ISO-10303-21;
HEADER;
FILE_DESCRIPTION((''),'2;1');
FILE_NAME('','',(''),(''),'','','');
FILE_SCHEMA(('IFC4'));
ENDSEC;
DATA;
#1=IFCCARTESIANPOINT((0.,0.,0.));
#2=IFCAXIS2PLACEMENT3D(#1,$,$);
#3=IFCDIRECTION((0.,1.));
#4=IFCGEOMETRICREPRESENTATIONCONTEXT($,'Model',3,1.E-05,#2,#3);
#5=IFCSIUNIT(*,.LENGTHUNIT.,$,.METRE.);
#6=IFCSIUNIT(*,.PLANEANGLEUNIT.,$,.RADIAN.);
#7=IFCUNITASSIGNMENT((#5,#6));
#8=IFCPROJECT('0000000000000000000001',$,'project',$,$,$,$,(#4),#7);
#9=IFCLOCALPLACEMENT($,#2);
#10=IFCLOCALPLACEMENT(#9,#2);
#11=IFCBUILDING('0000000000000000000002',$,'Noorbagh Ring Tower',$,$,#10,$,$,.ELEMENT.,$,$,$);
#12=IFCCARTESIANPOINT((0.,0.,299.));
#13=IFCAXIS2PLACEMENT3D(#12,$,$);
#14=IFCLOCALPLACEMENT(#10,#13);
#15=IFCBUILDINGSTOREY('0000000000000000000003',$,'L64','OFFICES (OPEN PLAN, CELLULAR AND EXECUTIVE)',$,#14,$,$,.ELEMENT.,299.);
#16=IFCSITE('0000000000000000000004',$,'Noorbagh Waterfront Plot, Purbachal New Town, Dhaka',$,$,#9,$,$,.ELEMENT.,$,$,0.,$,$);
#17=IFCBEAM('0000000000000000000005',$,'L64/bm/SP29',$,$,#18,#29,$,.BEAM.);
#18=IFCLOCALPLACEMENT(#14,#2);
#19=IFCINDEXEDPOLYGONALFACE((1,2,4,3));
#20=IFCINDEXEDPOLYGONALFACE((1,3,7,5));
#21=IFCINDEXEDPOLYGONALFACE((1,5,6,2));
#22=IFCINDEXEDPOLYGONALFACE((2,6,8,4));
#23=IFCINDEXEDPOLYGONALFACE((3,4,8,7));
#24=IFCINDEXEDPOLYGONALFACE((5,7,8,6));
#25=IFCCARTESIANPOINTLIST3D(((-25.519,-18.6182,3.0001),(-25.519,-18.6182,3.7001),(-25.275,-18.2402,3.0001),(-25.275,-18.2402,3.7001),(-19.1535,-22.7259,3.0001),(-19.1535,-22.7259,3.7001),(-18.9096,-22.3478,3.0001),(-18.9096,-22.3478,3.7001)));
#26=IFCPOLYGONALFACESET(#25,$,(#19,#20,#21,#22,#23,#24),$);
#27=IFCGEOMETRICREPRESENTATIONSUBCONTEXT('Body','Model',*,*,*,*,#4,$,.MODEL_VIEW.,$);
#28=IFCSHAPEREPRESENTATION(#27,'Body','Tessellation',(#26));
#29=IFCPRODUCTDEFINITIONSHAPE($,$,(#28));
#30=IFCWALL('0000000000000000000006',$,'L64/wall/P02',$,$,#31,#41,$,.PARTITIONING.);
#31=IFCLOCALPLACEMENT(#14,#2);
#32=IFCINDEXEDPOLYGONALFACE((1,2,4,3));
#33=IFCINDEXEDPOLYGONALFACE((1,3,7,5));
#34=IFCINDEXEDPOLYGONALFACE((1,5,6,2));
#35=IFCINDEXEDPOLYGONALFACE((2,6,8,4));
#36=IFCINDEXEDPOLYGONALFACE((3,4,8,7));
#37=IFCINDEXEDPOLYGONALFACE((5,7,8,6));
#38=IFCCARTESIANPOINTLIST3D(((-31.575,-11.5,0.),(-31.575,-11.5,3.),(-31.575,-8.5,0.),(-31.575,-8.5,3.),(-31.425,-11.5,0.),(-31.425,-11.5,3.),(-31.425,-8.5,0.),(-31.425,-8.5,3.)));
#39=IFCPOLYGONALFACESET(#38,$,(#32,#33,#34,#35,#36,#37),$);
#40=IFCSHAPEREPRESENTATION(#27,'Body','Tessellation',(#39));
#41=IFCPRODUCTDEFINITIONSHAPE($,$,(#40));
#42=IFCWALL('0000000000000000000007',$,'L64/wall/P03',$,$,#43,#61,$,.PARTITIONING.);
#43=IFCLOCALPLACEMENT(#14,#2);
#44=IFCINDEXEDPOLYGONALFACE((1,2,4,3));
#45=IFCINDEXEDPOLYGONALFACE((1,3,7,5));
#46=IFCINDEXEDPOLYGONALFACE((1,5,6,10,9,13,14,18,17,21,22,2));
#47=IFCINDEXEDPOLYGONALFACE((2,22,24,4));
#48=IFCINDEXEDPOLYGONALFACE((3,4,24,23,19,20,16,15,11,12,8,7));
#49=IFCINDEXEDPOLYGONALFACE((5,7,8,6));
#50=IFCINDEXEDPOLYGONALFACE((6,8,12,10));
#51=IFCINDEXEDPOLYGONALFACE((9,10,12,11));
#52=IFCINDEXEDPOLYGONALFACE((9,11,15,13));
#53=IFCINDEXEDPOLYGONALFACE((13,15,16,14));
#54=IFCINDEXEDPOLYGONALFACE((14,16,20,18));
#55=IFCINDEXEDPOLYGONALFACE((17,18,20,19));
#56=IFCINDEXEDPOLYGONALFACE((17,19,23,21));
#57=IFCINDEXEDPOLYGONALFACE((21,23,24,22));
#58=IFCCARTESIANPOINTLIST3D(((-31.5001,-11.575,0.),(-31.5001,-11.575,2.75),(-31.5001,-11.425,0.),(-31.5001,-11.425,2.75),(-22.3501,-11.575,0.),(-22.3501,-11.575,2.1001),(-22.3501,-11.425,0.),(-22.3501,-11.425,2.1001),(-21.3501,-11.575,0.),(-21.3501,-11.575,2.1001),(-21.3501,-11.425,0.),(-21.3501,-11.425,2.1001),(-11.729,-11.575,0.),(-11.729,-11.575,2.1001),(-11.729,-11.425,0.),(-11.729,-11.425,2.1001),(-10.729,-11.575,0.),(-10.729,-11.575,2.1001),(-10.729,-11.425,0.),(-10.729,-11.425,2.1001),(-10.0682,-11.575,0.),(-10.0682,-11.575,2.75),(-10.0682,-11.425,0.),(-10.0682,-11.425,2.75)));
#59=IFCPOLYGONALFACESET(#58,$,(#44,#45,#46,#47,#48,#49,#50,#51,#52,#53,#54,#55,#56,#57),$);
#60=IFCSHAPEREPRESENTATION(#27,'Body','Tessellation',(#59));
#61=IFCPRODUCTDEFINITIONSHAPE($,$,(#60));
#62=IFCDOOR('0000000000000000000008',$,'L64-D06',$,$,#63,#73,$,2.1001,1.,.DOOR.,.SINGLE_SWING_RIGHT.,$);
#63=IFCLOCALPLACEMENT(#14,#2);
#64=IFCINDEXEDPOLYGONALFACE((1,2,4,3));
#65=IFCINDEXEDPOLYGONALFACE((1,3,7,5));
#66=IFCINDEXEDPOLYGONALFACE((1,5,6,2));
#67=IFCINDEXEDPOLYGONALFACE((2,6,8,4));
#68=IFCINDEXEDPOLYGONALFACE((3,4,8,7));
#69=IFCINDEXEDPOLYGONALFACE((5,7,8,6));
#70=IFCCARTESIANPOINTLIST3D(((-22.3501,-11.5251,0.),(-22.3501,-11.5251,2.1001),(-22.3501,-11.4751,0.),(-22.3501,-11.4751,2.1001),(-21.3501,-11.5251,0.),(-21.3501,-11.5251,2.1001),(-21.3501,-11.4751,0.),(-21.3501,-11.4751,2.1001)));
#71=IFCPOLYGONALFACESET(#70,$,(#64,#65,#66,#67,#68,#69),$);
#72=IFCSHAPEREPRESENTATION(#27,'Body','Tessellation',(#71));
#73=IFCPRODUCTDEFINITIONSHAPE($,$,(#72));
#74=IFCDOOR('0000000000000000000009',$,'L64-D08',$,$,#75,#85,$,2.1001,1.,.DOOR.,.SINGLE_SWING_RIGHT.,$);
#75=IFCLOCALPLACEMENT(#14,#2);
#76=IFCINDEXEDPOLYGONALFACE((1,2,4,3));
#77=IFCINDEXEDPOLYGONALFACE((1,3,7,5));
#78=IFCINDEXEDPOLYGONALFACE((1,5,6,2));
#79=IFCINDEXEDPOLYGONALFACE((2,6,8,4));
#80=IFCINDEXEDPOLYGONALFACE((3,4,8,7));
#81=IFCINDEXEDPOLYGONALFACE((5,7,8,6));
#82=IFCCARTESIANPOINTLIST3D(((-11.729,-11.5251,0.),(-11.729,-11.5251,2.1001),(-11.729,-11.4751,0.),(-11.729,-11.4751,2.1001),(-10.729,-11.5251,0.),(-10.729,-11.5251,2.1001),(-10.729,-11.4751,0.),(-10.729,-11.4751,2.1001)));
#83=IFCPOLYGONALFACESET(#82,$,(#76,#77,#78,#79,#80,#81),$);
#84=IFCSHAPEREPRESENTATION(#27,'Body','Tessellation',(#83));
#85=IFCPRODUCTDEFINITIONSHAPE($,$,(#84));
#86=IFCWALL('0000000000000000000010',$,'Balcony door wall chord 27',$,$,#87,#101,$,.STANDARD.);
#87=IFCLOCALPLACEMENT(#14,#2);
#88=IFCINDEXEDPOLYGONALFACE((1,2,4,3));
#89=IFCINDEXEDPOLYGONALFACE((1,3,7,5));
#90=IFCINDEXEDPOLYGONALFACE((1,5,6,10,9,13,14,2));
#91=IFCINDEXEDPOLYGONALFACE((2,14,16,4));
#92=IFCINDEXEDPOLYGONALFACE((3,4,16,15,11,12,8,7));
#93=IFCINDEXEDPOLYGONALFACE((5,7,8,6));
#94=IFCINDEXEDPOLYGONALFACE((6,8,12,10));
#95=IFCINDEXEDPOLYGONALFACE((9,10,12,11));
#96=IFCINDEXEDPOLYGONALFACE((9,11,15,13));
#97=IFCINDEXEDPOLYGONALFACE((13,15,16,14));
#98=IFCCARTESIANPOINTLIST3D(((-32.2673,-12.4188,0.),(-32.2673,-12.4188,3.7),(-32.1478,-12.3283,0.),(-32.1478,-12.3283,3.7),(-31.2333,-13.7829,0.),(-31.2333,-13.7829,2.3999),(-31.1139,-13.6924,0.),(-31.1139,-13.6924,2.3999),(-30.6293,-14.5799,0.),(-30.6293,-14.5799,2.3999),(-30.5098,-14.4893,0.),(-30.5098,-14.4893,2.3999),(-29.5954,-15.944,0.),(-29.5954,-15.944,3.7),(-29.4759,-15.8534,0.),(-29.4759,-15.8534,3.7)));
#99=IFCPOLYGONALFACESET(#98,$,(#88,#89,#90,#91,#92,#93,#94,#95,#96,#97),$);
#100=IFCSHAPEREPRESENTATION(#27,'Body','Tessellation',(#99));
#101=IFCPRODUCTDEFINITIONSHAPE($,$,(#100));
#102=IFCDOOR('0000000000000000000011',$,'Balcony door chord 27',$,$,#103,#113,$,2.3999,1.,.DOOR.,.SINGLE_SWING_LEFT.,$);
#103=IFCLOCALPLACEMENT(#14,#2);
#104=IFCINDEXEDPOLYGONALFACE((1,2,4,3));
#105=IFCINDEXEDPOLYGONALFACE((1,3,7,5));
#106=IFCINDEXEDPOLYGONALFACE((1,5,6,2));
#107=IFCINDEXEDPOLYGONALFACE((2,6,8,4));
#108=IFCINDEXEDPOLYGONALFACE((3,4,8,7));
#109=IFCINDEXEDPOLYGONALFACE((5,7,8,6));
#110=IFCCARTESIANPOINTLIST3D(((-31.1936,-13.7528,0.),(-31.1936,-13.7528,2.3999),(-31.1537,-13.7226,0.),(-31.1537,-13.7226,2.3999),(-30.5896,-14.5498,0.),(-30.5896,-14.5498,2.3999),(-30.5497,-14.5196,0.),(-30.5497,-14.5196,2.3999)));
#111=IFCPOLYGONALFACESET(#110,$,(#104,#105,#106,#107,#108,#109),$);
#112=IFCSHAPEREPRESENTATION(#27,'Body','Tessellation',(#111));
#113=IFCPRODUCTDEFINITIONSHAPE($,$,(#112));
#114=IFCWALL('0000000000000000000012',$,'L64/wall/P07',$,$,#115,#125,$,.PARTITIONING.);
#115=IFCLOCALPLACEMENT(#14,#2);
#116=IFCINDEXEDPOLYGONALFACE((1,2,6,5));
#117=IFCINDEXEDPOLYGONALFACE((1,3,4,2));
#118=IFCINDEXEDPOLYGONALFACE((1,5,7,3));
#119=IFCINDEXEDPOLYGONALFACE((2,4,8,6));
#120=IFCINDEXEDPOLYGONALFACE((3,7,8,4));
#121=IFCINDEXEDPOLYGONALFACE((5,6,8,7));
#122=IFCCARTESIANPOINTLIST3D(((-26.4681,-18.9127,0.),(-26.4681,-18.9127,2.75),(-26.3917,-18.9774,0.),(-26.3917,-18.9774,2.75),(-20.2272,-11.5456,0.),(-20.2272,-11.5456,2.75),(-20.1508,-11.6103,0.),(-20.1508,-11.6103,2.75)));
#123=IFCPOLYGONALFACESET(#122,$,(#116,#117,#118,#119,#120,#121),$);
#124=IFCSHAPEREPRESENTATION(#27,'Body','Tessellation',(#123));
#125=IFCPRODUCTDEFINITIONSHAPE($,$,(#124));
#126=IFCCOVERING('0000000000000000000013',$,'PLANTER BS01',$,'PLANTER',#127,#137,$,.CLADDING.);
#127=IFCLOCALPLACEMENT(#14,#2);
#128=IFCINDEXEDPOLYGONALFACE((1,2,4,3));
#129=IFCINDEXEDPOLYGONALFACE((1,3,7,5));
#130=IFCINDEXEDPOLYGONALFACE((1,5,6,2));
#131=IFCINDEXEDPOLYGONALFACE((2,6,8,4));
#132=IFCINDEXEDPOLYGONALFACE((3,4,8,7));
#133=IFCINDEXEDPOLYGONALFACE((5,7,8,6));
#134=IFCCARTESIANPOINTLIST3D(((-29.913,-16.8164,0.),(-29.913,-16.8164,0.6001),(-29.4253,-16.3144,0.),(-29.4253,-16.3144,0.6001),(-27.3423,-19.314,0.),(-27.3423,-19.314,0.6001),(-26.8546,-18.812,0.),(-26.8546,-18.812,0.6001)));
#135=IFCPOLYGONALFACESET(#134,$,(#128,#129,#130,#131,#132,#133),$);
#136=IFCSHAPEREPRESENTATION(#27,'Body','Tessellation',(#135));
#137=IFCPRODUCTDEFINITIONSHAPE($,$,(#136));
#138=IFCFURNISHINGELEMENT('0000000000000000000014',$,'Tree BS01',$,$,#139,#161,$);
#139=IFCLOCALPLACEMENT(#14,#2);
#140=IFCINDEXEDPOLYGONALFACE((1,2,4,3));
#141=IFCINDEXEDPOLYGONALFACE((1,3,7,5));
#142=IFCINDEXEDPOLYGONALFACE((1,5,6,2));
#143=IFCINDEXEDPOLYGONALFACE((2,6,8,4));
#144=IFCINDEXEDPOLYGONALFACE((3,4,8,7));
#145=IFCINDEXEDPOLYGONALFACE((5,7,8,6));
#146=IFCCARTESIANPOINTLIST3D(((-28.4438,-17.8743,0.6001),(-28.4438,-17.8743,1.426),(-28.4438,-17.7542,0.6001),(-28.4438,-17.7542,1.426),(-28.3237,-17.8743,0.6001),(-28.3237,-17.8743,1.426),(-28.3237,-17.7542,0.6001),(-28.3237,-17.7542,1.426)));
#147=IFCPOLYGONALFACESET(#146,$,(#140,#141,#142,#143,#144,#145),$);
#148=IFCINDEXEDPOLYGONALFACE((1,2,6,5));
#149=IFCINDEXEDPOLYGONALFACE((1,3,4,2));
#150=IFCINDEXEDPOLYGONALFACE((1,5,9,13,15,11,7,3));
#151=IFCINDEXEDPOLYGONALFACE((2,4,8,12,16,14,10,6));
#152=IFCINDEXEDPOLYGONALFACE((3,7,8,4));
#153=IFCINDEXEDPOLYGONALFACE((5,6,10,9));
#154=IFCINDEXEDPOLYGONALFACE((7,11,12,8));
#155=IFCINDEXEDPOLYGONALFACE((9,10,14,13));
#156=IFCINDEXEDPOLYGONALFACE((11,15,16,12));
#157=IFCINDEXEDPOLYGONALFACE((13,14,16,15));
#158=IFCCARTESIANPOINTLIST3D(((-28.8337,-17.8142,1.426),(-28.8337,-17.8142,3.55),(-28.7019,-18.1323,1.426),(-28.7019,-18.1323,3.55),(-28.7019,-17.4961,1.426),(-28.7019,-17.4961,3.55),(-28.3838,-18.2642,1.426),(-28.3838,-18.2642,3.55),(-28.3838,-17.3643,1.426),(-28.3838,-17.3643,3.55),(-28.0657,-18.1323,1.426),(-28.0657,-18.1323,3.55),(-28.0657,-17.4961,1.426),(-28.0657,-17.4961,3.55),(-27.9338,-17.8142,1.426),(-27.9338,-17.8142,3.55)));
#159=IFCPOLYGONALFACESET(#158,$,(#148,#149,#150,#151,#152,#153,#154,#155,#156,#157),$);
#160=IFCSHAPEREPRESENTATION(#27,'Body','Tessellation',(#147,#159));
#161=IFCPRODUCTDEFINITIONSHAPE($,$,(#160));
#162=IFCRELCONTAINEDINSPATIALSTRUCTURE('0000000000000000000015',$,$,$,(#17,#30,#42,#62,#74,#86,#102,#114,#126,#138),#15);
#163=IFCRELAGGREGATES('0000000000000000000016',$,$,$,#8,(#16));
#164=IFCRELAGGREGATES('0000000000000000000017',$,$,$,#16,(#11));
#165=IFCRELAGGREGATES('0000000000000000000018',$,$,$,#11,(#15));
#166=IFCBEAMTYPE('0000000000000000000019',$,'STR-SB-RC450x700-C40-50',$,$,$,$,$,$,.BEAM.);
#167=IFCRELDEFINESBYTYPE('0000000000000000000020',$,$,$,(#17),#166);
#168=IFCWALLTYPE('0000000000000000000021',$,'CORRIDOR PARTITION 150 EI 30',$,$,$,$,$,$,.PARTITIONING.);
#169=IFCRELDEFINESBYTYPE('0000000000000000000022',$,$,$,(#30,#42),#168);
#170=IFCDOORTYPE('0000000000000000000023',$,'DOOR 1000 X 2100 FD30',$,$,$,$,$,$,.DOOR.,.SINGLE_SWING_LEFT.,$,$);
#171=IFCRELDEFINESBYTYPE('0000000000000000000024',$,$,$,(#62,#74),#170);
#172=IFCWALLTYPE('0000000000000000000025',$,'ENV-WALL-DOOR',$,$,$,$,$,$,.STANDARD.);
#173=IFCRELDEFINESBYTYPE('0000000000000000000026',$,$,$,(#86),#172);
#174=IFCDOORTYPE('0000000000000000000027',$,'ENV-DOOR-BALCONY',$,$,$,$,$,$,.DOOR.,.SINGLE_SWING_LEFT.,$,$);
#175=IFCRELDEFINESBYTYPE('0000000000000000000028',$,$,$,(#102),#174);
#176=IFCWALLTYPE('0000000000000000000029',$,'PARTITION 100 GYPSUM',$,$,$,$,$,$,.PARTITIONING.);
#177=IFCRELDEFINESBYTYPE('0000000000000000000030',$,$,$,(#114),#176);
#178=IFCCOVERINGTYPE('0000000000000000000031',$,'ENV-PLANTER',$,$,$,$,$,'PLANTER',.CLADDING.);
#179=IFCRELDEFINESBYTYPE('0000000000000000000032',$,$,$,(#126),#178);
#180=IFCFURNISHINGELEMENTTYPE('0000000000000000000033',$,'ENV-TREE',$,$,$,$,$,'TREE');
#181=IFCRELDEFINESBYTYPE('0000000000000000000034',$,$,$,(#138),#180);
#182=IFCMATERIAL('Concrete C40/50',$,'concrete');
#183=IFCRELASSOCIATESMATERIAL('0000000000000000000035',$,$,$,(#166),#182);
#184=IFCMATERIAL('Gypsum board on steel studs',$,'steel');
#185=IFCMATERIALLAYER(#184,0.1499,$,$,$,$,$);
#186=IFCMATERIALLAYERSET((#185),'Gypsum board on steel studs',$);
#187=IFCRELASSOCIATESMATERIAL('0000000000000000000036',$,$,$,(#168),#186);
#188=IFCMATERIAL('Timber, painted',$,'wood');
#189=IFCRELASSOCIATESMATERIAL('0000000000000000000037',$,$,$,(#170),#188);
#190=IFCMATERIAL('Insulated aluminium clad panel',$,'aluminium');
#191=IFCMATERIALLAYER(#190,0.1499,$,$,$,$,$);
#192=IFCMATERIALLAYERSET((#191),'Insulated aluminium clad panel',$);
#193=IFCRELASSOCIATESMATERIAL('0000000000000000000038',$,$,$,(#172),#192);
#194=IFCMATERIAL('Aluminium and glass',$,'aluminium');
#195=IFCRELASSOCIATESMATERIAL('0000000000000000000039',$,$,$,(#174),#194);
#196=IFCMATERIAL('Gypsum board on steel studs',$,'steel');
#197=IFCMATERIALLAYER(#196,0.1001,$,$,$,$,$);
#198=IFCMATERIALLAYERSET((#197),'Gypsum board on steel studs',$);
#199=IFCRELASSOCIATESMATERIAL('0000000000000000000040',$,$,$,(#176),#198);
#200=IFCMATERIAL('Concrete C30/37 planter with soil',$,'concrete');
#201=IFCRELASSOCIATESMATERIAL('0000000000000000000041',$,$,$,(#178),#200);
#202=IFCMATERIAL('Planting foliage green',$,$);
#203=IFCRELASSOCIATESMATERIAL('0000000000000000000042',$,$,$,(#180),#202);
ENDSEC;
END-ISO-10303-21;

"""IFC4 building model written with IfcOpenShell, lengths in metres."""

from ifc_helpers import new_model, si_unit, direction, frame, frame_2d, origin, origin_2d, place, context, subcontext, project, spatial, polyline, rectangle, outline, extrude, material, layer, layer_set, material_profile, profile_set, type_object, element, fill, save


model = new_model("IFC4")

# Units and contexts
model_context = context("Model", 3, precision=1e-05, world=origin(), true_north=direction((0.0, 1.0)))
body_context = subcontext(model_context, "Body", "Model", "MODEL_VIEW")
ifc_project = project(units=[si_unit("LENGTHUNIT", "METRE"), si_unit("PLANEANGLEUNIT", "RADIAN")], contexts=[model_context])

# Site, building, storey
site_placement = place(None, origin())
site = spatial("IfcSite", under=ifc_project, at=site_placement, Name="Noorbagh Waterfront Plot, Purbachal New Town, Dhaka", CompositionType="ELEMENT", RefElevation=0.0)
building_placement = place(site_placement, origin())
building = spatial("IfcBuilding", under=site, at=building_placement, Name="Noorbagh Ring Tower", CompositionType="ELEMENT")
storey_placement = place(building_placement, frame((0.0, 0.0, 299.0)))
storey = spatial("IfcBuildingStorey", under=building, at=storey_placement, Name="L64", Description="OFFICES (OPEN PLAN, CELLULAR AND EXECUTIVE)", CompositionType="ELEMENT", Elevation=299.0)

# Beam
ifc_material_1 = material(Name="Concrete C40/50", Category="concrete")
ifc_material_profile_1 = material_profile(ifc_material_1, rectangle(XDim=0.45, YDim=0.7, at=origin_2d()), Name="RC450x700")
ifc_profile_set_1 = profile_set([ifc_material_profile_1], Name="Concrete C40/50")
beam_type_1 = type_object("IfcBeamType", Name="STR-SB-RC450x700-C40-50", PredefinedType="BEAM", material=ifc_profile_set_1)
beam_1_placement = place(storey_placement, frame((-25.397, -18.4292, 3.3501), z_axis=(0.840242, -0.542211, 0.0), x_axis=(0.542211, 0.840242, 0.0)))
element("IfcBeam", 1, at=beam_1_placement, inside=storey, type_object=beam_type_1, Name="L64/bm/SP29", PredefinedType="BEAM", context=body_context, shape_type="SweptSolid", body=[
    extrude(rectangle(XDim=0.45, YDim=0.7, at=origin_2d()), origin(), (0.0, 0.0, 1.0), 7.5757),
])

# Wall
ifc_material_2 = material(Name="Gypsum board on steel studs", Category="steel")
ifc_layer_1 = layer(ifc_material_2, 0.1499)
ifc_layer_set_1 = layer_set([ifc_layer_1], Name="Gypsum board on steel studs")
wall_type_1 = type_object("IfcWallType", Name="CORRIDOR PARTITION 150 EI 30", PredefinedType="PARTITIONING", material=ifc_layer_set_1)
wall_1_placement = place(storey_placement, frame((-31.5, -11.5, 0.0), z_axis=(0.0, 0.0, 1.0), x_axis=(0.0, 1.0, 0.0)))
element("IfcWall", 2, at=wall_1_placement, inside=storey, type_object=wall_type_1, Name="L64/wall/P02", PredefinedType="PARTITIONING", context=body_context, shape_type="SweptSolid", body=[
    extrude(rectangle(XDim=3.0, YDim=0.1499, at=frame_2d((1.5, 0.0))), origin(), (0.0, 0.0, 1.0), 3.0),
])

# Wall, openings, doors
wall_2_placement = place(storey_placement, frame((-31.5, -11.5, 0.0), z_axis=(0.0, 0.0, 1.0), x_axis=(1.0, 0.0, 0.0)))
wall_2 = element("IfcWall", 3, at=wall_2_placement, inside=storey, type_object=wall_type_1, Name="L64/wall/P03", PredefinedType="PARTITIONING", context=body_context, shape_type="SweptSolid", body=[
    extrude(rectangle(XDim=21.4319, YDim=0.1499, at=frame_2d((10.7158, 0.0))), origin(), (0.0, 0.0, 1.0), 2.75),
])
opening_1_placement = place(wall_2_placement, frame((9.1499, 0.0, 0.0)))
opening_1 = element("IfcOpeningElement", 4, at=opening_1_placement, cuts=wall_2, PredefinedType="OPENING", context=body_context, shape_type="SweptSolid", body=[
    extrude(rectangle(XDim=1.0, YDim=2.1001, at=frame_2d((0.5, 1.05))), frame((0.0, 0.085, 0.0), z_axis=(0.0, -1.0, 0.0), x_axis=(1.0, 0.0, 0.0)), (0.0, 0.0, 1.0), 0.1699),
])
opening_2_placement = place(wall_2_placement, frame((19.771, 0.0, 0.0)))
opening_2 = element("IfcOpeningElement", 5, at=opening_2_placement, cuts=wall_2, PredefinedType="OPENING", context=body_context, shape_type="SweptSolid", body=[
    extrude(rectangle(XDim=1.0, YDim=2.1001, at=frame_2d((0.5, 1.05))), frame((0.0, 0.085, 0.0), z_axis=(0.0, -1.0, 0.0), x_axis=(1.0, 0.0, 0.0)), (0.0, 0.0, 1.0), 0.1699),
])
ifc_material_3 = material(Name="Timber, painted", Category="wood")
door_type_1 = type_object("IfcDoorType", Name="DOOR 1000 X 2100 FD30", OperationType="SINGLE_SWING_LEFT", PredefinedType="DOOR", material=ifc_material_3)
door_1_placement = place(opening_1_placement, origin())
door_1 = element("IfcDoor", 6, at=door_1_placement, inside=storey, type_object=door_type_1, Name="L64-D06", OperationType="SINGLE_SWING_RIGHT", OverallHeight=2.1001, OverallWidth=1.0, PredefinedType="DOOR", context=body_context, shape_type="SweptSolid", body=[
    extrude(rectangle(XDim=1.0, YDim=2.1001, at=frame_2d((0.5, 1.05))), frame((0.0, 0.0249, 0.0), z_axis=(0.0, -1.0, 0.0), x_axis=(1.0, 0.0, 0.0)), (0.0, 0.0, 1.0), 0.05),
])
fill(opening_1, door_1)
door_2_placement = place(opening_2_placement, origin())
door_2 = element("IfcDoor", 7, at=door_2_placement, inside=storey, type_object=door_type_1, Name="L64-D08", OperationType="SINGLE_SWING_RIGHT", OverallHeight=2.1001, OverallWidth=1.0, PredefinedType="DOOR", context=body_context, shape_type="SweptSolid", body=[
    extrude(rectangle(XDim=1.0, YDim=2.1001, at=frame_2d((0.5, 1.05))), frame((0.0, 0.0249, 0.0), z_axis=(0.0, -1.0, 0.0), x_axis=(1.0, 0.0, 0.0)), (0.0, 0.0, 1.0), 0.05),
])
fill(opening_2, door_2)

# Wall, opening, door
ifc_material_4 = material(Name="Insulated aluminium clad panel", Category="aluminium")
ifc_layer_2 = layer(ifc_material_4, 0.1499)
ifc_layer_set_2 = layer_set([ifc_layer_2], Name="Insulated aluminium clad panel")
wall_type_2 = type_object("IfcWallType", Name="ENV-WALL-DOOR", PredefinedType="STANDARD", material=ifc_layer_set_2)
wall_3_placement = place(storey_placement, frame((-32.2075, -12.3735, 0.0), z_axis=(0.0, 0.0, 1.0), x_axis=(0.604046, -0.79695, 0.0)))
wall_3 = element("IfcWall", 8, at=wall_3_placement, inside=storey, type_object=wall_type_2, Name="Balcony door wall chord 27", PredefinedType="STANDARD", context=body_context, shape_type="SweptSolid", body=[
    extrude(rectangle(XDim=4.4233, YDim=0.1499, at=frame_2d((2.2117, 0.0))), origin(), (0.0, 0.0, 1.0), 3.7),
])
opening_3_placement = place(wall_3_placement, frame((1.7117, 0.0, 0.0)))
opening_3 = element("IfcOpeningElement", 9, at=opening_3_placement, cuts=wall_3, PredefinedType="OPENING", context=body_context, shape_type="SweptSolid", body=[
    extrude(rectangle(XDim=1.0, YDim=2.3999, at=frame_2d((0.5, 1.2))), frame((0.0, 0.085, 0.0), z_axis=(0.0, -1.0, 0.0), x_axis=(1.0, 0.0, 0.0)), (0.0, 0.0, 1.0), 0.1699),
])
ifc_material_5 = material(Name="Aluminium and glass", Category="aluminium")
door_type_2 = type_object("IfcDoorType", Name="ENV-DOOR-BALCONY", OperationType="SINGLE_SWING_LEFT", PredefinedType="DOOR", material=ifc_material_5)
door_3_placement = place(opening_3_placement, origin())
door_3 = element("IfcDoor", 10, at=door_3_placement, inside=storey, type_object=door_type_2, Name="Balcony door chord 27", OperationType="SINGLE_SWING_LEFT", OverallHeight=2.3999, OverallWidth=1.0, PredefinedType="DOOR", context=body_context, shape_type="SweptSolid", body=[
    extrude(rectangle(XDim=1.0, YDim=2.3999, at=frame_2d((0.5, 1.2))), frame((0.0, 0.0249, 0.0), z_axis=(0.0, -1.0, 0.0), x_axis=(1.0, 0.0, 0.0)), (0.0, 0.0, 1.0), 0.05),
])
fill(opening_3, door_3)

# Wall
ifc_material_6 = material(Name="Gypsum board on steel studs", Category="steel")
ifc_layer_3 = layer(ifc_material_6, 0.1001)
ifc_layer_set_3 = layer_set([ifc_layer_3], Name="Gypsum board on steel studs")
wall_type_3 = type_object("IfcWallType", Name="PARTITION 100 GYPSUM", PredefinedType="PARTITIONING", material=ifc_layer_set_3)
wall_4_placement = place(storey_placement, frame((-26.4299, -18.9451, 0.0), z_axis=(0.0, 0.0, 1.0), x_axis=(0.646376, 0.763019, 0.0)))
element("IfcWall", 11, at=wall_4_placement, inside=storey, type_object=wall_type_3, Name="L64/wall/P07", PredefinedType="PARTITIONING", context=body_context, shape_type="SweptSolid", body=[
    extrude(rectangle(XDim=9.6553, YDim=0.1001, at=frame_2d((4.8276, 0.0))), origin(), (0.0, 0.0, 1.0), 2.75),
])

# Covering
ifc_material_7 = material(Name="Concrete C30/37 planter with soil", Category="concrete")
covering_type = type_object("IfcCoveringType", Name="ENV-PLANTER", ElementType="PLANTER", PredefinedType="CLADDING", material=ifc_material_7)
covering_placement = place(storey_placement, frame((-28.3838, -17.8142, 0.0), z_axis=(0.0, 0.0, 1.0), x_axis=(0.717225, -0.696842, 0.0)))
element("IfcCovering", 12, at=covering_placement, inside=storey, type_object=covering_type, Name="PLANTER BS01", ObjectType="PLANTER", PredefinedType="CLADDING", context=body_context, shape_type="SweptSolid", body=[
    extrude(rectangle(XDim=3.5842, YDim=0.7, at=origin_2d()), origin(), (0.0, 0.0, 1.0), 0.6001),
])

# Furnishing element
ifc_material_8 = material(Name="Planting foliage green")
furnishing_element_type = type_object("IfcFurnishingElementType", Name="ENV-TREE", ElementType="TREE", material=ifc_material_8)
furnishing_placement = place(storey_placement, frame((-28.3838, -17.8142, 0.6001), z_axis=(0.0, 0.0, 1.0), x_axis=(1.0, 0.0, 0.0)))
element("IfcFurnishingElement", 13, at=furnishing_placement, inside=storey, type_object=furnishing_element_type, Name="Tree BS01", context=body_context, shape_type="SweptSolid", body=[
    extrude(rectangle(XDim=0.1201, YDim=0.1201, at=origin_2d()), origin(), (0.0, 0.0, 1.0), 0.8259),
    extrude(outline(polyline([(0.45, 0.0), (0.3181, 0.3181), (0.0, 0.45), (-0.3181, 0.3181), (-0.45, 0.0), (-0.3181, -0.3181), (0.0, -0.45), (0.3181, -0.3181), (0.45, 0.0)])), frame((0.0, 0.0, 0.8259)), (0.0, 0.0, 1.0), 2.124),
])

save(model, "model.ifc")
